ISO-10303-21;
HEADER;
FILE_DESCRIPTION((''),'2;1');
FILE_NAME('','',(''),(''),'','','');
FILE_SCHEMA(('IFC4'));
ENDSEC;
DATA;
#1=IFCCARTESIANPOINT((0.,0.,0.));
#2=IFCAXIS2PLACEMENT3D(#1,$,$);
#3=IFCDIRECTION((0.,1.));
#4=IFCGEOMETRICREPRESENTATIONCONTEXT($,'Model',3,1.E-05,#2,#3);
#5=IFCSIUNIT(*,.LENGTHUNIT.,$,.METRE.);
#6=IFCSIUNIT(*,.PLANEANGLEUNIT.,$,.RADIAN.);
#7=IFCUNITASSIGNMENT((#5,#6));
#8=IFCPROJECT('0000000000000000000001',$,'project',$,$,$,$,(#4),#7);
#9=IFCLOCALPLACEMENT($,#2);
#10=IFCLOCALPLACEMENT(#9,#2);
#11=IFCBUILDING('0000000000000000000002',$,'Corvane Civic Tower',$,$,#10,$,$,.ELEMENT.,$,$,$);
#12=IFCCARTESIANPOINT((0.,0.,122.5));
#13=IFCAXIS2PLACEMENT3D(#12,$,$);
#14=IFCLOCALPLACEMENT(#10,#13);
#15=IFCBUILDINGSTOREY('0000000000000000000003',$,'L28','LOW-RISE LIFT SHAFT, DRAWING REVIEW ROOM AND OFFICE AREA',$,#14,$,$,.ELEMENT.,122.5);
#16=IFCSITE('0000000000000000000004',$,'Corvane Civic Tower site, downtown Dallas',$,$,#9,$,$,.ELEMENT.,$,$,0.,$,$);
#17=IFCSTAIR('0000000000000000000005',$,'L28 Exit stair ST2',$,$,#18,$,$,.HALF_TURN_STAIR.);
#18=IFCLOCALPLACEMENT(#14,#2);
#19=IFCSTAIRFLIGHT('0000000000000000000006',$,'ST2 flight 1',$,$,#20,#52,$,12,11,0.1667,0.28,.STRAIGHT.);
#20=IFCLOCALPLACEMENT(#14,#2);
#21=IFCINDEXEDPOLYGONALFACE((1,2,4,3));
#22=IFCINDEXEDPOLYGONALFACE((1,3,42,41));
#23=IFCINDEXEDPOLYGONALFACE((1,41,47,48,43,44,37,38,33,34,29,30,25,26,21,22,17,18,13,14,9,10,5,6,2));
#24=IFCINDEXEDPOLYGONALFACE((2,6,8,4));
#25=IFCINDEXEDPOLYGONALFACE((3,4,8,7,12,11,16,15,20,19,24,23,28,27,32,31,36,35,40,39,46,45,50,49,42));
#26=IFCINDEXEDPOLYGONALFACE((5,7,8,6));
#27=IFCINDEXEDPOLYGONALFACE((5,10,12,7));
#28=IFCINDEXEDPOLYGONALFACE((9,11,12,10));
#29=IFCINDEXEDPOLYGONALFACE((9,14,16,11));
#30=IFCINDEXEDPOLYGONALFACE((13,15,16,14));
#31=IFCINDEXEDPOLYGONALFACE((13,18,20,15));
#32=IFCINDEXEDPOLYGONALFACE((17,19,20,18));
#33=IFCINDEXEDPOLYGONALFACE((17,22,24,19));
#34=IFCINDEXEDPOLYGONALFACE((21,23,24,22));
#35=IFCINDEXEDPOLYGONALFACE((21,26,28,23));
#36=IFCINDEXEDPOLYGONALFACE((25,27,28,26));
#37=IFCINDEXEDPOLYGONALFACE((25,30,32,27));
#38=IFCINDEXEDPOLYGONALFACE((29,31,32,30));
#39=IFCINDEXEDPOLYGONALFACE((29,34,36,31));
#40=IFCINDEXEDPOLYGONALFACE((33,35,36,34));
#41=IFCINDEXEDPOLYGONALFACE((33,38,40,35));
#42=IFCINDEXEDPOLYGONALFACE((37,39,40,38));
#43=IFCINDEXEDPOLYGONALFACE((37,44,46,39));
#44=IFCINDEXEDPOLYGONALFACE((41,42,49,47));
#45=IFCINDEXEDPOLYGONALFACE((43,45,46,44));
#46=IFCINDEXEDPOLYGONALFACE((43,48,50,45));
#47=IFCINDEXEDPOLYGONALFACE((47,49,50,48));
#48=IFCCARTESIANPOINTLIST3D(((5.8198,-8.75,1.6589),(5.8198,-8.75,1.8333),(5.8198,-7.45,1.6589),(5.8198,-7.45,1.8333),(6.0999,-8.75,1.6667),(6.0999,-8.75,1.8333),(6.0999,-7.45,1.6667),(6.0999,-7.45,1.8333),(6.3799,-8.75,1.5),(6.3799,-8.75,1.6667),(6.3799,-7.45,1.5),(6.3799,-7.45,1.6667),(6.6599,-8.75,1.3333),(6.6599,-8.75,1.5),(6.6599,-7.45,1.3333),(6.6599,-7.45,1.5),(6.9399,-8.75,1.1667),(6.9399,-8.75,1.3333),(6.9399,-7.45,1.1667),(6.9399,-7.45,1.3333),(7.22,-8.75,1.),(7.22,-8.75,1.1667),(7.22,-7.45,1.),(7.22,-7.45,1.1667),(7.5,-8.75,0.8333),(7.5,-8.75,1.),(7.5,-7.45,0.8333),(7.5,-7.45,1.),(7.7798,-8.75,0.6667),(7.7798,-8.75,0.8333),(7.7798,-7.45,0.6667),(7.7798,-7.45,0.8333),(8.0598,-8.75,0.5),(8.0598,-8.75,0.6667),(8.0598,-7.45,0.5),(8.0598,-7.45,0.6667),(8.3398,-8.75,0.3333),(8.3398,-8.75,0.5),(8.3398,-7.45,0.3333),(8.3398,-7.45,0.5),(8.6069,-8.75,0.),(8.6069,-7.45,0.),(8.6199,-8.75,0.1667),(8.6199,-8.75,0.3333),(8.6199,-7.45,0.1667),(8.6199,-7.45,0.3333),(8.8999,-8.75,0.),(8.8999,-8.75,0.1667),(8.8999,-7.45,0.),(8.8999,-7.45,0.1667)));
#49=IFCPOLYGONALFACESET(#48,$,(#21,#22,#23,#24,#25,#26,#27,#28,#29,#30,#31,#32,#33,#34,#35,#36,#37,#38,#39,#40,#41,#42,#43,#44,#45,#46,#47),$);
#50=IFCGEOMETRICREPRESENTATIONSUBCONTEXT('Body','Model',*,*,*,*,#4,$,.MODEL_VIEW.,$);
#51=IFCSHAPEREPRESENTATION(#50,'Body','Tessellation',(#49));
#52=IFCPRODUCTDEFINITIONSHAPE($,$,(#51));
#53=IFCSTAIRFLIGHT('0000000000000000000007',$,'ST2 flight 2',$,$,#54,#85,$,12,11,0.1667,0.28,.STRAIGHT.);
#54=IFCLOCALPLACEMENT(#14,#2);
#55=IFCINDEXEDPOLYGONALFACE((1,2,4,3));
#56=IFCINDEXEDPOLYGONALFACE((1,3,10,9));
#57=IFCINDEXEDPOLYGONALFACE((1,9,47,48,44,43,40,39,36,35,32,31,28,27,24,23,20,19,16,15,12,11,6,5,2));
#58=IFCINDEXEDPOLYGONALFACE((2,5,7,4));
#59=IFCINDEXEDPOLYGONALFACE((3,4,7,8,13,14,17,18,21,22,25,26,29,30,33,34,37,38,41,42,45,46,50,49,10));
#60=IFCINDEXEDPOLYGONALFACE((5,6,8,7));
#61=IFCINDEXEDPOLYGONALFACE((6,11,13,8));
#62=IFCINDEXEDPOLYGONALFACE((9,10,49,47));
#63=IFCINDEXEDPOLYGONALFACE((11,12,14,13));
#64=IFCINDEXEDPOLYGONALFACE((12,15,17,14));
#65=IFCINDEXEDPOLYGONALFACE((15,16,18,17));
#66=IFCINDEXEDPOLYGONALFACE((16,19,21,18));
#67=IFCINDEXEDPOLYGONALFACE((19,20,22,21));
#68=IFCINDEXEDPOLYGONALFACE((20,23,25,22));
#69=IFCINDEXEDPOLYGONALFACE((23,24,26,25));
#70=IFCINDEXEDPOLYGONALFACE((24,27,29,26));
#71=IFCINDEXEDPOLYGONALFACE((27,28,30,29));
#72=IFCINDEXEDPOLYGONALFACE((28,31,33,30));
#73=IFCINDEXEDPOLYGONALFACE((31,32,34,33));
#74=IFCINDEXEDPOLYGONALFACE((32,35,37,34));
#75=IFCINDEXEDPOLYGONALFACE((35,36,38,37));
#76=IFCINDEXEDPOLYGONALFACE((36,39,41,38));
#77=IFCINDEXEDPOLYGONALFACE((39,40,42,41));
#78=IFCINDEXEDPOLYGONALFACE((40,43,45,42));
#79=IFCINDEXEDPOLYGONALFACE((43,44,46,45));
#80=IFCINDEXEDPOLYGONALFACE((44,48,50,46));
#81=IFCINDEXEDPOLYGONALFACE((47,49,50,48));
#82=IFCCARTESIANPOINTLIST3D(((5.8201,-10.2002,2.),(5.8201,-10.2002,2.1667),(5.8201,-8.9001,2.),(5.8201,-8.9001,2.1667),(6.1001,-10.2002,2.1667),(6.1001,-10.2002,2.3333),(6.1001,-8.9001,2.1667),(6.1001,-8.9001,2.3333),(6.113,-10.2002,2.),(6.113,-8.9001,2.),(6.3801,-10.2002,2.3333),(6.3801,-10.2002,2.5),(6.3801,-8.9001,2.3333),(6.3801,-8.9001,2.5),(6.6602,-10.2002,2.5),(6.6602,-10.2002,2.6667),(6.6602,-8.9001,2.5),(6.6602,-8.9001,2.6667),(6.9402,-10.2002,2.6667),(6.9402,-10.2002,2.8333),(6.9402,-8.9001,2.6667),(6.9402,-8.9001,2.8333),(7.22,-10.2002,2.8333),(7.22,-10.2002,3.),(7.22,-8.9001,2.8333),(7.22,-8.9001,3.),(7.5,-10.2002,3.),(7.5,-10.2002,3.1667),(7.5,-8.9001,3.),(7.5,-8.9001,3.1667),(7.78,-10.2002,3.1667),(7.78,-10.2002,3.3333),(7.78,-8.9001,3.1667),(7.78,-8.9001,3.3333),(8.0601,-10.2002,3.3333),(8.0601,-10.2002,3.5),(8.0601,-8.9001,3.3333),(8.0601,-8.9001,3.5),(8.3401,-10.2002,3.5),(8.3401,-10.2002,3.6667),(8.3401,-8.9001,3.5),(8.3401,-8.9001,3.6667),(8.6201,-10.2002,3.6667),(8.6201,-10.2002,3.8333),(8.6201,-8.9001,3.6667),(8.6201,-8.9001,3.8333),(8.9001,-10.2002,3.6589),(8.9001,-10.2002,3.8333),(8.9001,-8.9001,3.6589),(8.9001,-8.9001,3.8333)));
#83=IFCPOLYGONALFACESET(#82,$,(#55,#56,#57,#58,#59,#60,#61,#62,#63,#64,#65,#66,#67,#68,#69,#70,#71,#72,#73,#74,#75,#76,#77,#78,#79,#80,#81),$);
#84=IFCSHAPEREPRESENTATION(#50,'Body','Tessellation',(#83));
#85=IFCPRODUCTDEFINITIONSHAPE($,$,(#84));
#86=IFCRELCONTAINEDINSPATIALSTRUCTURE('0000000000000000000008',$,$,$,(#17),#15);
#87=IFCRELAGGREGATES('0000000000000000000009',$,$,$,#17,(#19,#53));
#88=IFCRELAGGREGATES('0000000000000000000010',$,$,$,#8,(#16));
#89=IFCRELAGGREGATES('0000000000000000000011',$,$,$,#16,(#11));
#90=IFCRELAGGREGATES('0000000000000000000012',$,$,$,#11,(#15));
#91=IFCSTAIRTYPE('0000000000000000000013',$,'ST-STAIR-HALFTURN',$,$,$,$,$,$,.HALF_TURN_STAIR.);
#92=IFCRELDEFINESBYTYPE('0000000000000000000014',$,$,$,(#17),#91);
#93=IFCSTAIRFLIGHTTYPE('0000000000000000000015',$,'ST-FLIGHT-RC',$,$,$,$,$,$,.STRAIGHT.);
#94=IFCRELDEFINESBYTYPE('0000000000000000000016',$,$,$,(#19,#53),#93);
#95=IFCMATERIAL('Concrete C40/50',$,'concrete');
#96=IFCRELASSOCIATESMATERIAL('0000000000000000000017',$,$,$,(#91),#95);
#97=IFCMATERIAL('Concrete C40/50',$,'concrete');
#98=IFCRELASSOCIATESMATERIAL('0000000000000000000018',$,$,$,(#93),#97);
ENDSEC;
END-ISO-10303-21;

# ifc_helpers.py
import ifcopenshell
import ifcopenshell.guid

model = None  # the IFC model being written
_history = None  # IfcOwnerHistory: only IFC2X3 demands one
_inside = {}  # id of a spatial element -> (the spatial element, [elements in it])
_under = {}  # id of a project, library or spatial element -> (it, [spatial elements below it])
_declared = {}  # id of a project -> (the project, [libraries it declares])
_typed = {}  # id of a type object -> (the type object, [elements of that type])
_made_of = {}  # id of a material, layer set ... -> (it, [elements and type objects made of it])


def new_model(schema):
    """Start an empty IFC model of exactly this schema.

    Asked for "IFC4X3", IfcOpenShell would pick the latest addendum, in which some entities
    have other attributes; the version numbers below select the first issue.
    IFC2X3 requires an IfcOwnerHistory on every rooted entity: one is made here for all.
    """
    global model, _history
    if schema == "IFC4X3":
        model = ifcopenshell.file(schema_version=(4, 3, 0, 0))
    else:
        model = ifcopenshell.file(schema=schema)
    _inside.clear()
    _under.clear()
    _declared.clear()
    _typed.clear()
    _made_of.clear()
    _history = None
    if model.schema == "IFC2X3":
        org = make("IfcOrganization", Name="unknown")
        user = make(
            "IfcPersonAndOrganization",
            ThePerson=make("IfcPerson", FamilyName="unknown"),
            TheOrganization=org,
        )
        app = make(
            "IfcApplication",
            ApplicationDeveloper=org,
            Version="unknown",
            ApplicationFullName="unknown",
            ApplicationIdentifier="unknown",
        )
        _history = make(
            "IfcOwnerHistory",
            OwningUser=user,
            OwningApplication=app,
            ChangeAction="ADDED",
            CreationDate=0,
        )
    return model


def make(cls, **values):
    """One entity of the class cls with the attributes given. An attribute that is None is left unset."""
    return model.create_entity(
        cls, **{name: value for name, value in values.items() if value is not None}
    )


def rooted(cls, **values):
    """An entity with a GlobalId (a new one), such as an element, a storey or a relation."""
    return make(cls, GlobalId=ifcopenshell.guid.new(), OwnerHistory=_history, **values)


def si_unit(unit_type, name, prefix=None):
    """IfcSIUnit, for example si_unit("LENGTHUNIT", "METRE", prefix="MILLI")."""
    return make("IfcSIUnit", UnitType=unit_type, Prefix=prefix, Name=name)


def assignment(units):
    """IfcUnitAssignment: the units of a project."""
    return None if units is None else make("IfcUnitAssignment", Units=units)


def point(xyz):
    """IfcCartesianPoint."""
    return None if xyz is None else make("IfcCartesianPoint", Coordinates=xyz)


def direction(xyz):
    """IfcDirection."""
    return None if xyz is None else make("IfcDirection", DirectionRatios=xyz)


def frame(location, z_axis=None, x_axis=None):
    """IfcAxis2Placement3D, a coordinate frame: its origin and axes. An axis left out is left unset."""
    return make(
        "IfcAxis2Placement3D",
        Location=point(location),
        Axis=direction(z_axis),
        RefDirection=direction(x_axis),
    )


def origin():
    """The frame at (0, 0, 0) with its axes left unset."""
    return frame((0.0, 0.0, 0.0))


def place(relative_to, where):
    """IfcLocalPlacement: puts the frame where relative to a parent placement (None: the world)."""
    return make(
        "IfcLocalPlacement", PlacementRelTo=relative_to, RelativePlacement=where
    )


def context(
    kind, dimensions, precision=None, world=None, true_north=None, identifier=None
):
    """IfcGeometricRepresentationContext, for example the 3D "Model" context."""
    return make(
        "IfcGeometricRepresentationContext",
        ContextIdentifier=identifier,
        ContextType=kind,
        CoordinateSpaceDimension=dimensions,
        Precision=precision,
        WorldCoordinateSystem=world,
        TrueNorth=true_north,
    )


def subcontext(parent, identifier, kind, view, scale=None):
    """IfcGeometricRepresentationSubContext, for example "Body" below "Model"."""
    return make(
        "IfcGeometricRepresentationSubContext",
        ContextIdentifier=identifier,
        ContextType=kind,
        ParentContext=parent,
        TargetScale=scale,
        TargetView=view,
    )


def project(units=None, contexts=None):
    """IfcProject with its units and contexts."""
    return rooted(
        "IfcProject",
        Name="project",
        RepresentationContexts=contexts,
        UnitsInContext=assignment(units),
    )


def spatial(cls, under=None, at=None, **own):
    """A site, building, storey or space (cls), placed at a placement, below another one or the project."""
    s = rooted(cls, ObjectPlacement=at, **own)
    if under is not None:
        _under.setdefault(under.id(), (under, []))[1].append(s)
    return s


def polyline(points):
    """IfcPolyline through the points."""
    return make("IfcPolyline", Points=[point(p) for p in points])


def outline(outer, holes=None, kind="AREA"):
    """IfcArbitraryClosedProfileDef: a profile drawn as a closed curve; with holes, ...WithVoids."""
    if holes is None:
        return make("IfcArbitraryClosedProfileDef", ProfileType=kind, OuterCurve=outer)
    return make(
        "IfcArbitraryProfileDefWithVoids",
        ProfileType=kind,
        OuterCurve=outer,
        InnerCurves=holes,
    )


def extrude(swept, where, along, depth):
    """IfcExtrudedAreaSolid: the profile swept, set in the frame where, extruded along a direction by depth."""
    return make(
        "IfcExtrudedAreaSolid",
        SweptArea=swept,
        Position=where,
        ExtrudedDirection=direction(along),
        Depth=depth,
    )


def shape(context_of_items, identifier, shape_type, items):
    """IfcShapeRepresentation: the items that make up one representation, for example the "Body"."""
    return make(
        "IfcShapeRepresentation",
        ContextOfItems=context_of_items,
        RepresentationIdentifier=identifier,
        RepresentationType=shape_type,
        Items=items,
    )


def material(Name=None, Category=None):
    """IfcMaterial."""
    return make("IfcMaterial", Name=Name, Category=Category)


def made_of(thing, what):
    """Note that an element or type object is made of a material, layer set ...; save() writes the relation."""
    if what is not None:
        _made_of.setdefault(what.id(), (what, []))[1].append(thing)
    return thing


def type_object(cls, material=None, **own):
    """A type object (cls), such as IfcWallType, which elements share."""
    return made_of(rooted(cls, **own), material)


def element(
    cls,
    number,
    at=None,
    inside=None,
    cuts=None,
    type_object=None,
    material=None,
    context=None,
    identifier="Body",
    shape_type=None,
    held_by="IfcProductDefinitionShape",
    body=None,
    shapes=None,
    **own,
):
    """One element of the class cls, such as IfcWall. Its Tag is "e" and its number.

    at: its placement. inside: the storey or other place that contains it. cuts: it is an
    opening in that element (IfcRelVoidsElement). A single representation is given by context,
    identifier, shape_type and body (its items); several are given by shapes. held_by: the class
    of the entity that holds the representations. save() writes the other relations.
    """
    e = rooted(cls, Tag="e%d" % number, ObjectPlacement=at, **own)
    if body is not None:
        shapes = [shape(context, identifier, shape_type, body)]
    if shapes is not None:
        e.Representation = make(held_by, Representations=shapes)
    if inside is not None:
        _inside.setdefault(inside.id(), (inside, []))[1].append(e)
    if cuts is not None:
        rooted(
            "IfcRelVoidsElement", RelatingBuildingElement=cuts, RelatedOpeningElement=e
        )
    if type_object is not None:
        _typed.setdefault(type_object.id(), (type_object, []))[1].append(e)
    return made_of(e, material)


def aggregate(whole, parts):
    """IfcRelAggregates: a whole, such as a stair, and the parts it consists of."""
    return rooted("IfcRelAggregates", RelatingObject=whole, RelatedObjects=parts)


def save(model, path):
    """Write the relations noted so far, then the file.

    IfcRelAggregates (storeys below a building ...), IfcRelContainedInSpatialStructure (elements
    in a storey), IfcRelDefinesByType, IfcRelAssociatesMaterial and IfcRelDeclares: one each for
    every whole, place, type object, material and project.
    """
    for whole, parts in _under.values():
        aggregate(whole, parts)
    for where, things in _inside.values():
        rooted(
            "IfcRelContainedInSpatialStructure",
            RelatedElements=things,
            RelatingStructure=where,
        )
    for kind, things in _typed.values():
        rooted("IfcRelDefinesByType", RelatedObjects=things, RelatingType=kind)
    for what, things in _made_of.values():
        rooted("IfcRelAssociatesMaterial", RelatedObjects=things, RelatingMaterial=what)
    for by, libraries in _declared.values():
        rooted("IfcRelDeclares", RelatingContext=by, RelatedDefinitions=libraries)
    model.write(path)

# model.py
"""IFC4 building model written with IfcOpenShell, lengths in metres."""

from ifc_helpers import new_model, si_unit, direction, frame, origin, place, context, subcontext, project, spatial, polyline, outline, extrude, material, type_object, element, aggregate, save


model = new_model("IFC4")

# Units and contexts
model_context = context("Model", 3, precision=1e-05, world=origin(), true_north=direction((0.0, 1.0)))
body_context = subcontext(model_context, "Body", "Model", "MODEL_VIEW")
ifc_project = project(units=[si_unit("LENGTHUNIT", "METRE"), si_unit("PLANEANGLEUNIT", "RADIAN")], contexts=[model_context])

# Site, building, storey
site_placement = place(None, origin())
site = spatial("IfcSite", under=ifc_project, at=site_placement, Name="Corvane Civic Tower site, downtown Dallas", CompositionType="ELEMENT", RefElevation=0.0)
building_placement = place(site_placement, origin())
building = spatial("IfcBuilding", under=site, at=building_placement, Name="Corvane Civic Tower", CompositionType="ELEMENT")
storey_placement = place(building_placement, frame((0.0, 0.0, 122.5)))
storey = spatial("IfcBuildingStorey", under=building, at=storey_placement, Name="L28", Description="LOW-RISE LIFT SHAFT, DRAWING REVIEW ROOM AND OFFICE AREA", CompositionType="ELEMENT", Elevation=122.5)

# Stair
ifc_material_1 = material(Name="Concrete C40/50", Category="concrete")
stair_type = type_object("IfcStairType", Name="ST-STAIR-HALFTURN", PredefinedType="HALF_TURN_STAIR", material=ifc_material_1)
stair_1_placement = place(storey_placement, origin())
stair_1 = element("IfcStair", 1, at=stair_1_placement, inside=storey, type_object=stair_type, Name="L28 Exit stair ST2", PredefinedType="HALF_TURN_STAIR")

# Stair flights
ifc_material_2 = material(Name="Concrete C40/50", Category="concrete")
stair_flight_type = type_object("IfcStairFlightType", Name="ST-FLIGHT-RC", PredefinedType="STRAIGHT", material=ifc_material_2)
stair_flight_1_placement = place(storey_placement, frame((8.8999, -8.1001, 0.0), z_axis=(0.0, 0.0, 1.0), x_axis=(-1.0, 0.0, 0.0)))
stair_flight_1 = element("IfcStairFlight", 2, at=stair_flight_1_placement, type_object=stair_flight_type, Name="ST2 flight 1", NumberOfRisers=12, NumberOfTreads=11, PredefinedType="STRAIGHT", RiserHeight=0.1667, TreadLength=0.28, context=body_context, shape_type="SweptSolid", body=[
    extrude(outline(polyline([(0.0, 0.0), (0.0, 0.1667), (0.28, 0.1667), (0.28, 0.3333), (0.5601, 0.3333), (0.5601, 0.5), (0.8401, 0.5), (0.8401, 0.6667), (1.1201, 0.6667), (1.1201, 0.8333), (1.3999, 0.8333), (1.3999, 1.0), (1.6799, 1.0), (1.6799, 1.1667), (1.96, 1.1667), (1.96, 1.3333), (2.24, 1.3333), (2.24, 1.5), (2.52, 1.5), (2.52, 1.6667), (2.8, 1.6667), (2.8, 1.8333), (3.0801, 1.8333), (3.0801, 2.0), (3.0801, 1.6589), (0.293, 0.0), (0.0, 0.0)])), frame((0.0, 0.6499, 0.0), z_axis=(0.0, -1.0, 0.0), x_axis=(1.0, 0.0, 0.0)), (0.0, 0.0, 1.0), 1.3),
])
stair_flight_2_placement = place(storey_placement, frame((5.8201, -9.55, 2.0), z_axis=(0.0, 0.0, 1.0), x_axis=(1.0, 0.0, 0.0)))
stair_flight_2 = element("IfcStairFlight", 3, at=stair_flight_2_placement, type_object=stair_flight_type, Name="ST2 flight 2", NumberOfRisers=12, NumberOfTreads=11, PredefinedType="STRAIGHT", RiserHeight=0.1667, TreadLength=0.28, context=body_context, shape_type="SweptSolid", body=[
    extrude(outline(polyline([(0.0, 0.0), (0.0, 0.1667), (0.28, 0.1667), (0.28, 0.3333), (0.5601, 0.3333), (0.5601, 0.5), (0.8401, 0.5), (0.8401, 0.6667), (1.1201, 0.6667), (1.1201, 0.8333), (1.3999, 0.8333), (1.3999, 1.0), (1.6799, 1.0), (1.6799, 1.1667), (1.96, 1.1667), (1.96, 1.3333), (2.24, 1.3333), (2.24, 1.5), (2.52, 1.5), (2.52, 1.6667), (2.8, 1.6667), (2.8, 1.8333), (3.0801, 1.8333), (3.0801, 2.0), (3.0801, 1.6589), (0.293, 0.0), (0.0, 0.0)])), frame((0.0, 0.6499, 0.0), z_axis=(0.0, -1.0, 0.0), x_axis=(1.0, 0.0, 0.0)), (0.0, 0.0, 1.0), 1.3),
])
aggregate(stair_1, [stair_flight_1, stair_flight_2])

save(model, "model.ifc")
